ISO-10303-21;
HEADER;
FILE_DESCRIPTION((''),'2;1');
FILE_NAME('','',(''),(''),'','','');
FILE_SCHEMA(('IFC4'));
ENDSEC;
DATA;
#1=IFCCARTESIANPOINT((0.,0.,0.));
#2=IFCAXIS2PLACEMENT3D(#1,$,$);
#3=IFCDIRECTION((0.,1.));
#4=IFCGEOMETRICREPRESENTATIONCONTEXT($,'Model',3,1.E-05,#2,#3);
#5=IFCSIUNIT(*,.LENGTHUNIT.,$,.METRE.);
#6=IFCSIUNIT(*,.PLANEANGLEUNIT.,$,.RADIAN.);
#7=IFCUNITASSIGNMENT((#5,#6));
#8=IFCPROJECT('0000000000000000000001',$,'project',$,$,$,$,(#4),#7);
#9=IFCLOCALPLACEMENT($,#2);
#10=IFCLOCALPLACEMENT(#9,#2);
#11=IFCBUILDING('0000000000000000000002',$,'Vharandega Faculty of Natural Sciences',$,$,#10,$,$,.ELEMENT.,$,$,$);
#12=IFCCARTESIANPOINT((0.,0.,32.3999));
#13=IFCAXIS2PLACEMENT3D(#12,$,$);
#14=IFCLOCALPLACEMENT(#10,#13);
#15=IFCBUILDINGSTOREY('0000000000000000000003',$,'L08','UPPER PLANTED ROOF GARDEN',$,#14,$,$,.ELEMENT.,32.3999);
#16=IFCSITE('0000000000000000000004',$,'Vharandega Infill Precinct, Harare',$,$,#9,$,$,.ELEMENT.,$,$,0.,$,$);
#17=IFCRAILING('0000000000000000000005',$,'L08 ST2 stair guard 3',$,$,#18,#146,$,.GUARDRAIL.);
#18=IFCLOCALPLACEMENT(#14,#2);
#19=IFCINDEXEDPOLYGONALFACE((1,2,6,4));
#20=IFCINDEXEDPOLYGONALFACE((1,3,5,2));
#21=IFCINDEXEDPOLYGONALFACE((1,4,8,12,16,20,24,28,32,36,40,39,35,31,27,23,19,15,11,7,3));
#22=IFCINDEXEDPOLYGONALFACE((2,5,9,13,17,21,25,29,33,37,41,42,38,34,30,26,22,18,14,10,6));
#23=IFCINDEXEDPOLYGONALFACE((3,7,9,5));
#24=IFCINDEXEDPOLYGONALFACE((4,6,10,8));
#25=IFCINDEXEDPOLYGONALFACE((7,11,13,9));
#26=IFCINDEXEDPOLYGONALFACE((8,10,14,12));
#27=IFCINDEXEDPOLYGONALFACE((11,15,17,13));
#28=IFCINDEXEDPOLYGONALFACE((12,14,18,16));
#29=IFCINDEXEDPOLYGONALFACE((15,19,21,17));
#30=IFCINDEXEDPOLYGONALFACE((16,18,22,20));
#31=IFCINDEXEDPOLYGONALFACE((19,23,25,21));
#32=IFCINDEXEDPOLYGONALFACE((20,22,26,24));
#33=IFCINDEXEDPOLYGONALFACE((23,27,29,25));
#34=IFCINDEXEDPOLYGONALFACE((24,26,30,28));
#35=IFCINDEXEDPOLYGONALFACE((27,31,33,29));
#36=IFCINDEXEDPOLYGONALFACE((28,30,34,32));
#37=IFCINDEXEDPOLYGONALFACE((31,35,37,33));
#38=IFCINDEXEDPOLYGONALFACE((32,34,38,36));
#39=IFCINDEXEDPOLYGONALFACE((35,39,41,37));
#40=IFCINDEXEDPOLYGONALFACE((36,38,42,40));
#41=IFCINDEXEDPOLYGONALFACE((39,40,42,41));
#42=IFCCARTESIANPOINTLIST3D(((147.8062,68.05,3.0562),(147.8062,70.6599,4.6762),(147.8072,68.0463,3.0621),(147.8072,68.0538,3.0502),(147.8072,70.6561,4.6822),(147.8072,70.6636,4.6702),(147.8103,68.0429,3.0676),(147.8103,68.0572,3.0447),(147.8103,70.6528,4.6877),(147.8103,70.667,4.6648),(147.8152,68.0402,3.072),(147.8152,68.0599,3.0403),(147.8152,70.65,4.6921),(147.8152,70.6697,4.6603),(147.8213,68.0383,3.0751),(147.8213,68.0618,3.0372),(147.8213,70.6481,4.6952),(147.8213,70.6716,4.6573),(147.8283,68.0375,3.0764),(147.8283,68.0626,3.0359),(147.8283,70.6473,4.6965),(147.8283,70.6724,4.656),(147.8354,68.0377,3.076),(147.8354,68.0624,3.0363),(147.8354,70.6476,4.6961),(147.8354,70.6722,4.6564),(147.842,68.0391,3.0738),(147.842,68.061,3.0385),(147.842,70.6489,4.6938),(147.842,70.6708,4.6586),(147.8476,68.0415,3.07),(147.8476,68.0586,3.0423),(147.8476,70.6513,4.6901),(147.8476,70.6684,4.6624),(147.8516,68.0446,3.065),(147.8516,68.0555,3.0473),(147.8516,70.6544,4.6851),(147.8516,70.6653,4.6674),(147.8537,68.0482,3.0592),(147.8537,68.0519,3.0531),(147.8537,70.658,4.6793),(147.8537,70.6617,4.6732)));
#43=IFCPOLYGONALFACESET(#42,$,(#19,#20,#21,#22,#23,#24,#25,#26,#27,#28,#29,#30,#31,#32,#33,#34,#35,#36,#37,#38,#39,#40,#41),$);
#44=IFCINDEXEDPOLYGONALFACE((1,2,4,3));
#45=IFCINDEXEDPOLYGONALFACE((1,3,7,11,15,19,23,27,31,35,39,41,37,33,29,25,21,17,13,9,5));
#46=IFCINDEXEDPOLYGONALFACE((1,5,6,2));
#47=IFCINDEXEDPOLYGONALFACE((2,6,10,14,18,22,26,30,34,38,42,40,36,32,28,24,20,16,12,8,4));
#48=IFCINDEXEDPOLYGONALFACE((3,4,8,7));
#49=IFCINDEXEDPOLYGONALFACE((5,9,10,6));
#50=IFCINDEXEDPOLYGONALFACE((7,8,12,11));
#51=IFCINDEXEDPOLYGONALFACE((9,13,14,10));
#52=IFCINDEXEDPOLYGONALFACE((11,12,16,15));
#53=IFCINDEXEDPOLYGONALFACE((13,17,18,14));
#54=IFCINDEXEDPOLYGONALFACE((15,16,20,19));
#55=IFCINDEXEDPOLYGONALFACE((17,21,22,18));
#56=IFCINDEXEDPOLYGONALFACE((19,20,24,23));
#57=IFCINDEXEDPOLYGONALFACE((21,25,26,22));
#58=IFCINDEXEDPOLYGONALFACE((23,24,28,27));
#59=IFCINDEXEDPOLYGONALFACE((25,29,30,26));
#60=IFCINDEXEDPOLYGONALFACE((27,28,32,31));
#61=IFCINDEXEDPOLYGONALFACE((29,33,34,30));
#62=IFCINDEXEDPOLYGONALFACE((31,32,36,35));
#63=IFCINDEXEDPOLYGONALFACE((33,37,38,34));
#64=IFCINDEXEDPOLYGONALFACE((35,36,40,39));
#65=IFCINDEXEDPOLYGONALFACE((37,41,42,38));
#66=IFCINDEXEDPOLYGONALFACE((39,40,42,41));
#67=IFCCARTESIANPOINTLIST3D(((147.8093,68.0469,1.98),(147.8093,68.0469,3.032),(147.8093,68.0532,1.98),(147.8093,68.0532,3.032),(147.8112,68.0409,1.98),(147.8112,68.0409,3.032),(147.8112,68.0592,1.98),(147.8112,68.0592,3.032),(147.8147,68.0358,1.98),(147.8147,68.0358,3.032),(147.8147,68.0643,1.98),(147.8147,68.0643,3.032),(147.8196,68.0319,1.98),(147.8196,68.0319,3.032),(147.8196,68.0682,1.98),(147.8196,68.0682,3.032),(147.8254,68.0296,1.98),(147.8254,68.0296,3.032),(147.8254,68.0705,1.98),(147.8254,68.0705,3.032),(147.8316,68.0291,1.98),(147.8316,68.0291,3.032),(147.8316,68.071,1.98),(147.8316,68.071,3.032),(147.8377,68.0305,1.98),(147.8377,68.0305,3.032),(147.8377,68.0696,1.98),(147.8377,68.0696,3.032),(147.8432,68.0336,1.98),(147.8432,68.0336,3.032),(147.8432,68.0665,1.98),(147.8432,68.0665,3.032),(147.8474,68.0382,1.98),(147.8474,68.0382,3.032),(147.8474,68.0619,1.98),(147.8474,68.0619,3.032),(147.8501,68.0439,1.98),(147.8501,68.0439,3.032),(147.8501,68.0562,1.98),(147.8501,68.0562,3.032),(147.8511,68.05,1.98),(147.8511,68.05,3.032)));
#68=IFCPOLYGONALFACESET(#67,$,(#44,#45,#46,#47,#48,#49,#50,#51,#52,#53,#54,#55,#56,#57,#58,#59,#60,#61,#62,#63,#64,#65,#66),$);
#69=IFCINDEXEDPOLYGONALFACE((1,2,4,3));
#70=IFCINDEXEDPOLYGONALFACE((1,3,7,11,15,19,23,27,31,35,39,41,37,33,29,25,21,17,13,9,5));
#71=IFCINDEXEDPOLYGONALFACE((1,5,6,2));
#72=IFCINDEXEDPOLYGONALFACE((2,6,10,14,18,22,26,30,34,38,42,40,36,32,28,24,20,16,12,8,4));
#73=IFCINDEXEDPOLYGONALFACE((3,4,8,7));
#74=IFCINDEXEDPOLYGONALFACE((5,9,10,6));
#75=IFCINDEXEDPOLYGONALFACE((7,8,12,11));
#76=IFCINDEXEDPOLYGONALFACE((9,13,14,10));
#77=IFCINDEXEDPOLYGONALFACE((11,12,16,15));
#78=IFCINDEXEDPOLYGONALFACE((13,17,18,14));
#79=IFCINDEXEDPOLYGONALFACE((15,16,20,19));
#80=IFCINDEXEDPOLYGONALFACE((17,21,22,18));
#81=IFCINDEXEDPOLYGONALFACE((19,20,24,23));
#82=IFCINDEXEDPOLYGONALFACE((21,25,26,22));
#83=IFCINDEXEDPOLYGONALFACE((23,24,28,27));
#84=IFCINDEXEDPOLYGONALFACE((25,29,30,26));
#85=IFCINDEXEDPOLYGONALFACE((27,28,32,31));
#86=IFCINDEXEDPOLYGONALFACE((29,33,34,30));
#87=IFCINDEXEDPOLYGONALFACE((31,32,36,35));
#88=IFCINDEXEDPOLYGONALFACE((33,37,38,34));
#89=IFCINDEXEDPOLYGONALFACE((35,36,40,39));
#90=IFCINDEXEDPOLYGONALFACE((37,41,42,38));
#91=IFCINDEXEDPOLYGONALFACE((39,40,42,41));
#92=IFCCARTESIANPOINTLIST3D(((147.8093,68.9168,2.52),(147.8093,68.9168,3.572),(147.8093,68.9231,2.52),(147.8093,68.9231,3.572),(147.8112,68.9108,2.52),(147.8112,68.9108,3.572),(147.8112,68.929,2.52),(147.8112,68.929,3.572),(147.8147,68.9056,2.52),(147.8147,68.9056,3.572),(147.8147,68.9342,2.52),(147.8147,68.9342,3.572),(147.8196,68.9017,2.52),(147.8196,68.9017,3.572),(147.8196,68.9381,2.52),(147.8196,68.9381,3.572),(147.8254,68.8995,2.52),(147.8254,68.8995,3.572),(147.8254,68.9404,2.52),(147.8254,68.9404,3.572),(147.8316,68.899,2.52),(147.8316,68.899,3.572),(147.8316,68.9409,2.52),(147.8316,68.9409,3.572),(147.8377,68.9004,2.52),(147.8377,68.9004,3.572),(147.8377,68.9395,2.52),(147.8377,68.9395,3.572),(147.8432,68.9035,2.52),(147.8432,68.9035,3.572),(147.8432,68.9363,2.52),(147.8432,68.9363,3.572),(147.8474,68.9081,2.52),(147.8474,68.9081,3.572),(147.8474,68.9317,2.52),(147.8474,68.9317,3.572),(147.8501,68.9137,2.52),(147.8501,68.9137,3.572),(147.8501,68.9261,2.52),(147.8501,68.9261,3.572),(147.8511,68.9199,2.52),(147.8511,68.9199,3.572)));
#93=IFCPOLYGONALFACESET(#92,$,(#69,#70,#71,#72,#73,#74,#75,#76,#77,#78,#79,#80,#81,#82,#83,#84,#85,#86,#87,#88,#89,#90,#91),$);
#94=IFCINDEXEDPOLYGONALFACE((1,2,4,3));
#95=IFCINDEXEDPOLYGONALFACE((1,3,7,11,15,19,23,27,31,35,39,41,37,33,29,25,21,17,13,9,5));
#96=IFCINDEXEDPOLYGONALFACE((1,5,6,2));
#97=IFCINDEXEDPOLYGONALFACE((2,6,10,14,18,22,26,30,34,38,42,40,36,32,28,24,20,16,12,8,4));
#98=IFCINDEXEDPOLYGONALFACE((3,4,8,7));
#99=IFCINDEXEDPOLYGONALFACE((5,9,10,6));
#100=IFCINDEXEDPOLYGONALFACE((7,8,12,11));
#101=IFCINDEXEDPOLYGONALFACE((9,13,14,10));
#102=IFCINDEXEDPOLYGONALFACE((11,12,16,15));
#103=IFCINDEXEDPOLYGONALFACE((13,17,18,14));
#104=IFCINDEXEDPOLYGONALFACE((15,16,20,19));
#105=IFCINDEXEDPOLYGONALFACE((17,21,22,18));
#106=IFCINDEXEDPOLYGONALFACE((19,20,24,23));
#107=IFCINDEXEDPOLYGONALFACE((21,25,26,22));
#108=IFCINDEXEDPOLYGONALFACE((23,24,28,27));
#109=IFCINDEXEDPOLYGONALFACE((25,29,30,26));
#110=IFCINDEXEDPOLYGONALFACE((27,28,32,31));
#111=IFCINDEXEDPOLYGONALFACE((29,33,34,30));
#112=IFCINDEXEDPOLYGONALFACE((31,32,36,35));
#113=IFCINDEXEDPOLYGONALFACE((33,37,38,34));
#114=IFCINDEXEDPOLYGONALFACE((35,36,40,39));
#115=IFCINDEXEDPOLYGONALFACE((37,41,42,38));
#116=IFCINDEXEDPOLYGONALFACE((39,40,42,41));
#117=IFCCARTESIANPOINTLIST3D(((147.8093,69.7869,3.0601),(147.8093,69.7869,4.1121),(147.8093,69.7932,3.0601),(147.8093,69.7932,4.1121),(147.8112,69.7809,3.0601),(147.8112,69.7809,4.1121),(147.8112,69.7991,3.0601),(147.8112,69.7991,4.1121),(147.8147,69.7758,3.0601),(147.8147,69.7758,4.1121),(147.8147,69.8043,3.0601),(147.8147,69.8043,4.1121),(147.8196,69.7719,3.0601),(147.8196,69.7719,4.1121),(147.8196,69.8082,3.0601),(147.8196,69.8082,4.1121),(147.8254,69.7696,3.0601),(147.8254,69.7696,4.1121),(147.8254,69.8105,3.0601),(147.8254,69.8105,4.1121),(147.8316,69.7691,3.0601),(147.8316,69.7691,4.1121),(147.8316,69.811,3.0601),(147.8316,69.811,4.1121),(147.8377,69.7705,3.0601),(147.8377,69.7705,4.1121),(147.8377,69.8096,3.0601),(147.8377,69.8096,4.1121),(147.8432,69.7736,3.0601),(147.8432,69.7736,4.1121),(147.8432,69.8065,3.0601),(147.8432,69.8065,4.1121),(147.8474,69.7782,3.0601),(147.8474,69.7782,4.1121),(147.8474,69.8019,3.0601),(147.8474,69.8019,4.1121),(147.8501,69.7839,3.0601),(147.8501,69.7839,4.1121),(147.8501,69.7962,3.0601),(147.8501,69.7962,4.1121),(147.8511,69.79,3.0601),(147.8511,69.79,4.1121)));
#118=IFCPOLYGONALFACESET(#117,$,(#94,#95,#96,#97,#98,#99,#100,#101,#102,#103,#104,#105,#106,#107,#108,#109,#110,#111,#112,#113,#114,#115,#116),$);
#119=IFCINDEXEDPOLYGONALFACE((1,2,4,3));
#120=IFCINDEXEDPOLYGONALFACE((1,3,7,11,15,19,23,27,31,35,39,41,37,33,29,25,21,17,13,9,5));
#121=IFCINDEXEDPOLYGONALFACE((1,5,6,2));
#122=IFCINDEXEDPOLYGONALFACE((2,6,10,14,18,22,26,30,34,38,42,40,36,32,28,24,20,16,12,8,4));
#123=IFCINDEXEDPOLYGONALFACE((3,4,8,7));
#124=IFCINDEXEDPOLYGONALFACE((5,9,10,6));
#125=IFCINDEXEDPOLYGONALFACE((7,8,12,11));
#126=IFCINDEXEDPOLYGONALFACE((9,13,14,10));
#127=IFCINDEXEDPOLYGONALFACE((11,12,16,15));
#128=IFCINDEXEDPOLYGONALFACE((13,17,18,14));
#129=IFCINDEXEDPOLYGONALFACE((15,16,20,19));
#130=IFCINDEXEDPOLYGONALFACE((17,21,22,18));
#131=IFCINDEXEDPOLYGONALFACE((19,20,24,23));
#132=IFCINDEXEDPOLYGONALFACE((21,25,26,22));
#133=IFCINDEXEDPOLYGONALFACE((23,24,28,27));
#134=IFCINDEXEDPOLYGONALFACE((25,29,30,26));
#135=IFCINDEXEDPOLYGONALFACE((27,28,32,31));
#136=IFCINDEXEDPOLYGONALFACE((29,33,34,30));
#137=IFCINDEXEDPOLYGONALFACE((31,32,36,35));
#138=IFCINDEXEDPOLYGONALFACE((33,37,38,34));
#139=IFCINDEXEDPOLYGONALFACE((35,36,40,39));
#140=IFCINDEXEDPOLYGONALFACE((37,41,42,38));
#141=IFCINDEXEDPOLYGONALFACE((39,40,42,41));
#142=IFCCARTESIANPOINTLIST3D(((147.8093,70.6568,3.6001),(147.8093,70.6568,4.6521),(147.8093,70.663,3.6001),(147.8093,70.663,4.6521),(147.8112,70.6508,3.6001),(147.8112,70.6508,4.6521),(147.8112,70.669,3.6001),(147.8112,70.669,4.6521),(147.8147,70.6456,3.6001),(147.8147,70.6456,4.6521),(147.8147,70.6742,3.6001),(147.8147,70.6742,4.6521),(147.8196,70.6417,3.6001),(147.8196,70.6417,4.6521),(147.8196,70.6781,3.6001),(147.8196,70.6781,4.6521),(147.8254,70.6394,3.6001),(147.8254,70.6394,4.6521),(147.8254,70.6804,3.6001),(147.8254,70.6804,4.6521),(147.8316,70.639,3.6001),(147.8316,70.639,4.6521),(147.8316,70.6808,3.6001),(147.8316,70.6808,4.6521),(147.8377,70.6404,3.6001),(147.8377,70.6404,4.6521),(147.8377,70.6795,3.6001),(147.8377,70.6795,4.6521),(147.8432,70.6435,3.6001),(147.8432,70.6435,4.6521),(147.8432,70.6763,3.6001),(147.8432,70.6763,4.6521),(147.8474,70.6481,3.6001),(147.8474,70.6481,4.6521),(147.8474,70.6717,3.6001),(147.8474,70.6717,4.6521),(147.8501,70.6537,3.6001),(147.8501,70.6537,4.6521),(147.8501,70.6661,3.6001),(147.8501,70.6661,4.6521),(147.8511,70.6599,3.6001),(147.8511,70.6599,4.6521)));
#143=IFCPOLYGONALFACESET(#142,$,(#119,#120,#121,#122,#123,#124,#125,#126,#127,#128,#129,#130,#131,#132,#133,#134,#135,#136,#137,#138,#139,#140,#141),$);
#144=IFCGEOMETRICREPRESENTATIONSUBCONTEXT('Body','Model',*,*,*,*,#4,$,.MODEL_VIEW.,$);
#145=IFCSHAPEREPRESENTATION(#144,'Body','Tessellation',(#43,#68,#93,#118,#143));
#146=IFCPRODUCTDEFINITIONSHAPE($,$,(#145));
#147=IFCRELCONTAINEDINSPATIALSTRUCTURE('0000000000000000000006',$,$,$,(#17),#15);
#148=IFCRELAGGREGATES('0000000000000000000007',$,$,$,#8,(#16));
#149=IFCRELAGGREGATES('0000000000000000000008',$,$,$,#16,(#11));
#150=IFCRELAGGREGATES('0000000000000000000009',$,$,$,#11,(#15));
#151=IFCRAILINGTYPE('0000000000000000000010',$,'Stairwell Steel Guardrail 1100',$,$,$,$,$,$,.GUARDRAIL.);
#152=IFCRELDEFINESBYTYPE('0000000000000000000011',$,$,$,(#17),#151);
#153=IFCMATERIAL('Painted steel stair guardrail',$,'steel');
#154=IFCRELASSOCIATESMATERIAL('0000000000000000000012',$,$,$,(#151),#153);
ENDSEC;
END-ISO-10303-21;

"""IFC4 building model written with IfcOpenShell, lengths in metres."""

from ifc_helpers import new_model, si_unit, direction, frame, origin, origin_2d, place, context, subcontext, project, spatial, circle, extrude, material, type_object, element, save


model = new_model("IFC4")

# Units and contexts
model_context = context("Model", 3, precision=1e-05, world=origin(), true_north=direction((0.0, 1.0)))
body_context = subcontext(model_context, "Body", "Model", "MODEL_VIEW")
ifc_project = project(units=[si_unit("LENGTHUNIT", "METRE"), si_unit("PLANEANGLEUNIT", "RADIAN")], contexts=[model_context])

# Site, building, storey
site_placement = place(None, origin())
site = spatial("IfcSite", under=ifc_project, at=site_placement, Name="Vharandega Infill Precinct, Harare", CompositionType="ELEMENT", RefElevation=0.0)
building_placement = place(site_placement, origin())
building = spatial("IfcBuilding", under=site, at=building_placement, Name="Vharandega Faculty of Natural Sciences", CompositionType="ELEMENT")
storey_placement = place(building_placement, frame((0.0, 0.0, 32.3999)))
storey = spatial("IfcBuildingStorey", under=building, at=storey_placement, Name="L08", Description="UPPER PLANTED ROOF GARDEN", CompositionType="ELEMENT", Elevation=32.3999)

# Railing
ifc_material_1 = material(Name="Painted steel stair guardrail", Category="steel")
railing_type_1 = type_object("IfcRailingType", Name="Stairwell Steel Guardrail 1100", PredefinedType="GUARDRAIL", material=ifc_material_1)
railing_1_placement = place(storey_placement, frame((147.8301, 68.05, 1.98)))
element("IfcRailing", 1, at=railing_1_placement, inside=storey, type_object=railing_type_1, Name="L08 ST2 stair guard 3", PredefinedType="GUARDRAIL", context=body_context, shape_type="SweptSolid", body=[
    extrude(circle(Radius=0.0239, at=origin_2d()), frame((0.0, 0.0, 1.0762), z_axis=(0.0, 0.849611, 0.52741), x_axis=(-1.0, 0.0, 0.0)), (0.0, 0.0, 1.0), 3.0718),
    extrude(circle(Radius=0.021, at=origin_2d()), origin(), (0.0, 0.0, 1.0), 1.052),
    extrude(circle(Radius=0.021, at=origin_2d()), frame((0.0, 0.8699, 0.54)), (0.0, 0.0, 1.0), 1.052),
    extrude(circle(Radius=0.021, at=origin_2d()), frame((0.0, 1.74, 1.0801)), (0.0, 0.0, 1.0), 1.052),
    extrude(circle(Radius=0.021, at=origin_2d()), frame((0.0, 2.6099, 1.6201)), (0.0, 0.0, 1.0), 1.052),
])

save(model, "model.ifc")
